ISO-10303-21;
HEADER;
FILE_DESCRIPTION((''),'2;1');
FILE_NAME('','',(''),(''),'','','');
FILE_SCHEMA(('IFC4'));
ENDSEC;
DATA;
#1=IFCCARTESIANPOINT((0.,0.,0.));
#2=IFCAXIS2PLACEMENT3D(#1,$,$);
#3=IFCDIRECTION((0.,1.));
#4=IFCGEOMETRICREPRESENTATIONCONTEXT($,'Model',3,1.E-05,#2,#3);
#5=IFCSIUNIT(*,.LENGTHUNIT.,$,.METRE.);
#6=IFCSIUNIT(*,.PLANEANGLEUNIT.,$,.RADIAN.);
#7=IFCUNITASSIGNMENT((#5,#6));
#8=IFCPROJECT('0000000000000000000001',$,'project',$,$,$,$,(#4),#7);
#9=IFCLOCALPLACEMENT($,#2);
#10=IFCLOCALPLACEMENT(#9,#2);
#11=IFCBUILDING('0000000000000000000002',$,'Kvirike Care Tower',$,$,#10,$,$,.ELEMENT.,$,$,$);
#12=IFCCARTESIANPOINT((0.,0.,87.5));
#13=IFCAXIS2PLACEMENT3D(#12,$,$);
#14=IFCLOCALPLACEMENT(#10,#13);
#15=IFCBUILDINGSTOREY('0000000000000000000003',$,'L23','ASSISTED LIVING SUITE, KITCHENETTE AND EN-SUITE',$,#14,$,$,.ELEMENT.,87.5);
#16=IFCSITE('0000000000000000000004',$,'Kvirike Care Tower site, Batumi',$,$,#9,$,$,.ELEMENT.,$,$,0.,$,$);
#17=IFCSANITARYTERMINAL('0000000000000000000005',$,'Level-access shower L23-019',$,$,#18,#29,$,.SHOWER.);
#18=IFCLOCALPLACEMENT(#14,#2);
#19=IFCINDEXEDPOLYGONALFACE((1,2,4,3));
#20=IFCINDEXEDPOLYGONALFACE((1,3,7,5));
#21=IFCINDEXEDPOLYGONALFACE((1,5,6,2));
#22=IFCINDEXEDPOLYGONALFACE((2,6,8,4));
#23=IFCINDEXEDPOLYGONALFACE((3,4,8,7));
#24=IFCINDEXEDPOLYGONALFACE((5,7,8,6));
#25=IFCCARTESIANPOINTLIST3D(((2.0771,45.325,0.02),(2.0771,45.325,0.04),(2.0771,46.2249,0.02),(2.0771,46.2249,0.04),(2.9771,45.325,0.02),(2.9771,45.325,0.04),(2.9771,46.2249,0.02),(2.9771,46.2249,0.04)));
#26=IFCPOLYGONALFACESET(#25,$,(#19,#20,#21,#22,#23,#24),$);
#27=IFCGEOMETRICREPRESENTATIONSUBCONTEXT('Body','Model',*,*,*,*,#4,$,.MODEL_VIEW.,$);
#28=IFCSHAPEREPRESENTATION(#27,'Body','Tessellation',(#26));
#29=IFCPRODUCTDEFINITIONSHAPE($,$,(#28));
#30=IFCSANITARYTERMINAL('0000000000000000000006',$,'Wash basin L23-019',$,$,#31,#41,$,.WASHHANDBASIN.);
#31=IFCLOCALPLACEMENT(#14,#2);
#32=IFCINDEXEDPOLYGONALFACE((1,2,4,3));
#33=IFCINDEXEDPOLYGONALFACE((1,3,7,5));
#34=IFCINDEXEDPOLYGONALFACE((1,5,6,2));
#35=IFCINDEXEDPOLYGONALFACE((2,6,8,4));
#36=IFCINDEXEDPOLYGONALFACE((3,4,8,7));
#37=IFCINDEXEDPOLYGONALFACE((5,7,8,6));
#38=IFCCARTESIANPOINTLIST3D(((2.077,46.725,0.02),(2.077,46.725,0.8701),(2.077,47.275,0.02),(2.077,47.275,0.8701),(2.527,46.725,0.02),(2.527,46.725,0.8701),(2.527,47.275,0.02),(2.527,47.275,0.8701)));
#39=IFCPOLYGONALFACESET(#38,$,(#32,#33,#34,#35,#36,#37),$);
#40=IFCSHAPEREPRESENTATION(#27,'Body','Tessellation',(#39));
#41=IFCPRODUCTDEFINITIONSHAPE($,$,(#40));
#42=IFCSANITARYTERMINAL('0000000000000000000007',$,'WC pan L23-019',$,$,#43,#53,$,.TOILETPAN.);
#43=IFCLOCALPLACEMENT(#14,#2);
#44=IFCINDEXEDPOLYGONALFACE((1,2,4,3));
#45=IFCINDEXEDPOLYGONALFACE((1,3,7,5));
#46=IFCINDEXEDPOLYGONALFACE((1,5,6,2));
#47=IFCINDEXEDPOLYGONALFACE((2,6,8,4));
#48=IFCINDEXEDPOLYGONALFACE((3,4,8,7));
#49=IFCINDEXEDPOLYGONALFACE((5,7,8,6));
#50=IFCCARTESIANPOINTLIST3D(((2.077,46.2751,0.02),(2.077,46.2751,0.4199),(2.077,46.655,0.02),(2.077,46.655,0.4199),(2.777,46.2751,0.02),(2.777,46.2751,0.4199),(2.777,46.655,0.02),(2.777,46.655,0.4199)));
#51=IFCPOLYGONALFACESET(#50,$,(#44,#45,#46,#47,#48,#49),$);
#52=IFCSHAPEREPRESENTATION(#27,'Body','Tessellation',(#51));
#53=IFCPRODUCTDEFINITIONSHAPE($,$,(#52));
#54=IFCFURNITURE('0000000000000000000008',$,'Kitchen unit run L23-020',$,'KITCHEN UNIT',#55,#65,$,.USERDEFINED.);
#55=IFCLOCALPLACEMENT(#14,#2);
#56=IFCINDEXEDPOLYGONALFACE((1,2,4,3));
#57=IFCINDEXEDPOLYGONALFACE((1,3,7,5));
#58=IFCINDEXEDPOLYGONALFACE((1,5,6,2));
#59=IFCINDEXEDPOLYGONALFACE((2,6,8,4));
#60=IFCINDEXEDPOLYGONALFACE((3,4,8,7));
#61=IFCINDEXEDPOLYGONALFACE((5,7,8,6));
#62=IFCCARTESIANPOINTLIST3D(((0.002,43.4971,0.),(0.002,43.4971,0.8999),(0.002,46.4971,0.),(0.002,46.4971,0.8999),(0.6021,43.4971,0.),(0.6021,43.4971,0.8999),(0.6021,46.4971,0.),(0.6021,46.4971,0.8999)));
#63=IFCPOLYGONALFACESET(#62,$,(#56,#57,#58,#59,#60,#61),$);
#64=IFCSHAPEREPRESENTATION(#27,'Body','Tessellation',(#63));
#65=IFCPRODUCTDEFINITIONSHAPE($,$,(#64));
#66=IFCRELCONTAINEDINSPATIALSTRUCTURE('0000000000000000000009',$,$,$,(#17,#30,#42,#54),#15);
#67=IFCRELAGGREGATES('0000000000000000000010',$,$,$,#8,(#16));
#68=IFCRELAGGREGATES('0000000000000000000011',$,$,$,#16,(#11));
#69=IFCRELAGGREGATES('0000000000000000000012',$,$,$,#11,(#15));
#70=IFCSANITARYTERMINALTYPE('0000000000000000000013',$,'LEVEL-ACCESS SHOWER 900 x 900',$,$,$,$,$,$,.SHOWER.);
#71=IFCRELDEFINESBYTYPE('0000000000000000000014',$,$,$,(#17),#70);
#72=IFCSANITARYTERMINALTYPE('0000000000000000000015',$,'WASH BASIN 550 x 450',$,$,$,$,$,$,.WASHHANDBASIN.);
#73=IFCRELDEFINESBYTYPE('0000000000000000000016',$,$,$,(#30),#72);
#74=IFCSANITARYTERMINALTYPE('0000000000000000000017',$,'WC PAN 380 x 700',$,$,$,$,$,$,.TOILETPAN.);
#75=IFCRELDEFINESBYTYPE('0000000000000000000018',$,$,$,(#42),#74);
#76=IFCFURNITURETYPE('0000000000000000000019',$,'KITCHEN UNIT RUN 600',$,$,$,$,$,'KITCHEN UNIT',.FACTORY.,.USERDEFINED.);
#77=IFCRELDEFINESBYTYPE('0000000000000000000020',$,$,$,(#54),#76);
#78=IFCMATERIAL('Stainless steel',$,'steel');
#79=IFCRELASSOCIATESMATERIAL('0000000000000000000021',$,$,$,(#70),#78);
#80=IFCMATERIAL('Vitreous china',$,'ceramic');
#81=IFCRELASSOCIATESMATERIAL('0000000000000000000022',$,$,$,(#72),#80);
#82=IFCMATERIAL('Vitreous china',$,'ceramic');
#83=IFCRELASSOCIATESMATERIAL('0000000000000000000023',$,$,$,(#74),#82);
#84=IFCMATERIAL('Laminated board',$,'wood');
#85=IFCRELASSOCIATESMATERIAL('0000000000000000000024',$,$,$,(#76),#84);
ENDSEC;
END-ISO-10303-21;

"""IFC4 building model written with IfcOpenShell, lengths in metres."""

from ifc_helpers import new_model, si_unit, direction, frame, origin, origin_2d, place, context, subcontext, project, spatial, rectangle, extrude, material, type_object, element, save


model = new_model("IFC4")

# Units and contexts
model_context = context("Model", 3, precision=1e-05, world=origin(), true_north=direction((0.0, 1.0)))
body_context = subcontext(model_context, "Body", "Model", "MODEL_VIEW")
ifc_project = project(units=[si_unit("LENGTHUNIT", "METRE"), si_unit("PLANEANGLEUNIT", "RADIAN")], contexts=[model_context])

# Site, building, storey
site_placement = place(None, origin())
site = spatial("IfcSite", under=ifc_project, at=site_placement, Name="Kvirike Care Tower site, Batumi", CompositionType="ELEMENT", RefElevation=0.0)
building_placement = place(site_placement, origin())
building = spatial("IfcBuilding", under=site, at=building_placement, Name="Kvirike Care Tower", CompositionType="ELEMENT")
storey_placement = place(building_placement, frame((0.0, 0.0, 87.5)))
storey = spatial("IfcBuildingStorey", under=building, at=storey_placement, Name="L23", Description="ASSISTED LIVING SUITE, KITCHENETTE AND EN-SUITE", CompositionType="ELEMENT", Elevation=87.5)

# Sanitary terminals
ifc_material_1 = material(Name="Stainless steel", Category="steel")
sanitary_terminal_type_1 = type_object("IfcSanitaryTerminalType", Name="LEVEL-ACCESS SHOWER 900 x 900", PredefinedType="SHOWER", material=ifc_material_1)
sanitary_terminal_1_placement = place(storey_placement, frame((2.5271, 45.7749, 0.02), z_axis=(0.0, 0.0, 1.0), x_axis=(0.0, 1.0, 0.0)))
element("IfcSanitaryTerminal", 1, at=sanitary_terminal_1_placement, inside=storey, type_object=sanitary_terminal_type_1, Name="Level-access shower L23-019", PredefinedType="SHOWER", context=body_context, shape_type="SweptSolid", body=[
    extrude(rectangle(XDim=0.8999, YDim=0.8999, at=origin_2d()), origin(), (0.0, 0.0, 1.0), 0.02),
])
ifc_material_2 = material(Name="Vitreous china", Category="ceramic")
sanitary_terminal_type_2 = type_object("IfcSanitaryTerminalType", Name="WASH BASIN 550 x 450", PredefinedType="WASHHANDBASIN", material=ifc_material_2)
sanitary_terminal_2_placement = place(storey_placement, frame((2.302, 47.0, 0.02), z_axis=(0.0, 0.0, 1.0), x_axis=(0.0, 1.0, 0.0)))
element("IfcSanitaryTerminal", 2, at=sanitary_terminal_2_placement, inside=storey, type_object=sanitary_terminal_type_2, Name="Wash basin L23-019", PredefinedType="WASHHANDBASIN", context=body_context, shape_type="SweptSolid", body=[
    extrude(rectangle(XDim=0.55, YDim=0.45, at=origin_2d()), origin(), (0.0, 0.0, 1.0), 0.8501),
])
ifc_material_3 = material(Name="Vitreous china", Category="ceramic")
sanitary_terminal_type_3 = type_object("IfcSanitaryTerminalType", Name="WC PAN 380 x 700", PredefinedType="TOILETPAN", material=ifc_material_3)
sanitary_terminal_3_placement = place(storey_placement, frame((2.427, 46.4651, 0.02), z_axis=(0.0, 0.0, 1.0), x_axis=(0.0, 1.0, 0.0)))
element("IfcSanitaryTerminal", 3, at=sanitary_terminal_3_placement, inside=storey, type_object=sanitary_terminal_type_3, Name="WC pan L23-019", PredefinedType="TOILETPAN", context=body_context, shape_type="SweptSolid", body=[
    extrude(rectangle(XDim=0.3799, YDim=0.7, at=origin_2d()), origin(), (0.0, 0.0, 1.0), 0.3999),
])

# Furniture
ifc_material_4 = material(Name="Laminated board", Category="wood")
furniture_type = type_object("IfcFurnitureType", Name="KITCHEN UNIT RUN 600", ElementType="KITCHEN UNIT", AssemblyPlace="FACTORY", PredefinedType="USERDEFINED", material=ifc_material_4)
furniture_placement = place(storey_placement, frame((0.302, 44.9971, 0.0), z_axis=(0.0, 0.0, 1.0), x_axis=(0.0, 1.0, 0.0)))
element("IfcFurniture", 4, at=furniture_placement, inside=storey, type_object=furniture_type, Name="Kitchen unit run L23-020", ObjectType="KITCHEN UNIT", PredefinedType="USERDEFINED", context=body_context, shape_type="SweptSolid", body=[
    extrude(rectangle(XDim=3.0, YDim=0.6001, at=origin_2d()), origin(), (0.0, 0.0, 1.0), 0.8999),
])

save(model, "model.ifc")
